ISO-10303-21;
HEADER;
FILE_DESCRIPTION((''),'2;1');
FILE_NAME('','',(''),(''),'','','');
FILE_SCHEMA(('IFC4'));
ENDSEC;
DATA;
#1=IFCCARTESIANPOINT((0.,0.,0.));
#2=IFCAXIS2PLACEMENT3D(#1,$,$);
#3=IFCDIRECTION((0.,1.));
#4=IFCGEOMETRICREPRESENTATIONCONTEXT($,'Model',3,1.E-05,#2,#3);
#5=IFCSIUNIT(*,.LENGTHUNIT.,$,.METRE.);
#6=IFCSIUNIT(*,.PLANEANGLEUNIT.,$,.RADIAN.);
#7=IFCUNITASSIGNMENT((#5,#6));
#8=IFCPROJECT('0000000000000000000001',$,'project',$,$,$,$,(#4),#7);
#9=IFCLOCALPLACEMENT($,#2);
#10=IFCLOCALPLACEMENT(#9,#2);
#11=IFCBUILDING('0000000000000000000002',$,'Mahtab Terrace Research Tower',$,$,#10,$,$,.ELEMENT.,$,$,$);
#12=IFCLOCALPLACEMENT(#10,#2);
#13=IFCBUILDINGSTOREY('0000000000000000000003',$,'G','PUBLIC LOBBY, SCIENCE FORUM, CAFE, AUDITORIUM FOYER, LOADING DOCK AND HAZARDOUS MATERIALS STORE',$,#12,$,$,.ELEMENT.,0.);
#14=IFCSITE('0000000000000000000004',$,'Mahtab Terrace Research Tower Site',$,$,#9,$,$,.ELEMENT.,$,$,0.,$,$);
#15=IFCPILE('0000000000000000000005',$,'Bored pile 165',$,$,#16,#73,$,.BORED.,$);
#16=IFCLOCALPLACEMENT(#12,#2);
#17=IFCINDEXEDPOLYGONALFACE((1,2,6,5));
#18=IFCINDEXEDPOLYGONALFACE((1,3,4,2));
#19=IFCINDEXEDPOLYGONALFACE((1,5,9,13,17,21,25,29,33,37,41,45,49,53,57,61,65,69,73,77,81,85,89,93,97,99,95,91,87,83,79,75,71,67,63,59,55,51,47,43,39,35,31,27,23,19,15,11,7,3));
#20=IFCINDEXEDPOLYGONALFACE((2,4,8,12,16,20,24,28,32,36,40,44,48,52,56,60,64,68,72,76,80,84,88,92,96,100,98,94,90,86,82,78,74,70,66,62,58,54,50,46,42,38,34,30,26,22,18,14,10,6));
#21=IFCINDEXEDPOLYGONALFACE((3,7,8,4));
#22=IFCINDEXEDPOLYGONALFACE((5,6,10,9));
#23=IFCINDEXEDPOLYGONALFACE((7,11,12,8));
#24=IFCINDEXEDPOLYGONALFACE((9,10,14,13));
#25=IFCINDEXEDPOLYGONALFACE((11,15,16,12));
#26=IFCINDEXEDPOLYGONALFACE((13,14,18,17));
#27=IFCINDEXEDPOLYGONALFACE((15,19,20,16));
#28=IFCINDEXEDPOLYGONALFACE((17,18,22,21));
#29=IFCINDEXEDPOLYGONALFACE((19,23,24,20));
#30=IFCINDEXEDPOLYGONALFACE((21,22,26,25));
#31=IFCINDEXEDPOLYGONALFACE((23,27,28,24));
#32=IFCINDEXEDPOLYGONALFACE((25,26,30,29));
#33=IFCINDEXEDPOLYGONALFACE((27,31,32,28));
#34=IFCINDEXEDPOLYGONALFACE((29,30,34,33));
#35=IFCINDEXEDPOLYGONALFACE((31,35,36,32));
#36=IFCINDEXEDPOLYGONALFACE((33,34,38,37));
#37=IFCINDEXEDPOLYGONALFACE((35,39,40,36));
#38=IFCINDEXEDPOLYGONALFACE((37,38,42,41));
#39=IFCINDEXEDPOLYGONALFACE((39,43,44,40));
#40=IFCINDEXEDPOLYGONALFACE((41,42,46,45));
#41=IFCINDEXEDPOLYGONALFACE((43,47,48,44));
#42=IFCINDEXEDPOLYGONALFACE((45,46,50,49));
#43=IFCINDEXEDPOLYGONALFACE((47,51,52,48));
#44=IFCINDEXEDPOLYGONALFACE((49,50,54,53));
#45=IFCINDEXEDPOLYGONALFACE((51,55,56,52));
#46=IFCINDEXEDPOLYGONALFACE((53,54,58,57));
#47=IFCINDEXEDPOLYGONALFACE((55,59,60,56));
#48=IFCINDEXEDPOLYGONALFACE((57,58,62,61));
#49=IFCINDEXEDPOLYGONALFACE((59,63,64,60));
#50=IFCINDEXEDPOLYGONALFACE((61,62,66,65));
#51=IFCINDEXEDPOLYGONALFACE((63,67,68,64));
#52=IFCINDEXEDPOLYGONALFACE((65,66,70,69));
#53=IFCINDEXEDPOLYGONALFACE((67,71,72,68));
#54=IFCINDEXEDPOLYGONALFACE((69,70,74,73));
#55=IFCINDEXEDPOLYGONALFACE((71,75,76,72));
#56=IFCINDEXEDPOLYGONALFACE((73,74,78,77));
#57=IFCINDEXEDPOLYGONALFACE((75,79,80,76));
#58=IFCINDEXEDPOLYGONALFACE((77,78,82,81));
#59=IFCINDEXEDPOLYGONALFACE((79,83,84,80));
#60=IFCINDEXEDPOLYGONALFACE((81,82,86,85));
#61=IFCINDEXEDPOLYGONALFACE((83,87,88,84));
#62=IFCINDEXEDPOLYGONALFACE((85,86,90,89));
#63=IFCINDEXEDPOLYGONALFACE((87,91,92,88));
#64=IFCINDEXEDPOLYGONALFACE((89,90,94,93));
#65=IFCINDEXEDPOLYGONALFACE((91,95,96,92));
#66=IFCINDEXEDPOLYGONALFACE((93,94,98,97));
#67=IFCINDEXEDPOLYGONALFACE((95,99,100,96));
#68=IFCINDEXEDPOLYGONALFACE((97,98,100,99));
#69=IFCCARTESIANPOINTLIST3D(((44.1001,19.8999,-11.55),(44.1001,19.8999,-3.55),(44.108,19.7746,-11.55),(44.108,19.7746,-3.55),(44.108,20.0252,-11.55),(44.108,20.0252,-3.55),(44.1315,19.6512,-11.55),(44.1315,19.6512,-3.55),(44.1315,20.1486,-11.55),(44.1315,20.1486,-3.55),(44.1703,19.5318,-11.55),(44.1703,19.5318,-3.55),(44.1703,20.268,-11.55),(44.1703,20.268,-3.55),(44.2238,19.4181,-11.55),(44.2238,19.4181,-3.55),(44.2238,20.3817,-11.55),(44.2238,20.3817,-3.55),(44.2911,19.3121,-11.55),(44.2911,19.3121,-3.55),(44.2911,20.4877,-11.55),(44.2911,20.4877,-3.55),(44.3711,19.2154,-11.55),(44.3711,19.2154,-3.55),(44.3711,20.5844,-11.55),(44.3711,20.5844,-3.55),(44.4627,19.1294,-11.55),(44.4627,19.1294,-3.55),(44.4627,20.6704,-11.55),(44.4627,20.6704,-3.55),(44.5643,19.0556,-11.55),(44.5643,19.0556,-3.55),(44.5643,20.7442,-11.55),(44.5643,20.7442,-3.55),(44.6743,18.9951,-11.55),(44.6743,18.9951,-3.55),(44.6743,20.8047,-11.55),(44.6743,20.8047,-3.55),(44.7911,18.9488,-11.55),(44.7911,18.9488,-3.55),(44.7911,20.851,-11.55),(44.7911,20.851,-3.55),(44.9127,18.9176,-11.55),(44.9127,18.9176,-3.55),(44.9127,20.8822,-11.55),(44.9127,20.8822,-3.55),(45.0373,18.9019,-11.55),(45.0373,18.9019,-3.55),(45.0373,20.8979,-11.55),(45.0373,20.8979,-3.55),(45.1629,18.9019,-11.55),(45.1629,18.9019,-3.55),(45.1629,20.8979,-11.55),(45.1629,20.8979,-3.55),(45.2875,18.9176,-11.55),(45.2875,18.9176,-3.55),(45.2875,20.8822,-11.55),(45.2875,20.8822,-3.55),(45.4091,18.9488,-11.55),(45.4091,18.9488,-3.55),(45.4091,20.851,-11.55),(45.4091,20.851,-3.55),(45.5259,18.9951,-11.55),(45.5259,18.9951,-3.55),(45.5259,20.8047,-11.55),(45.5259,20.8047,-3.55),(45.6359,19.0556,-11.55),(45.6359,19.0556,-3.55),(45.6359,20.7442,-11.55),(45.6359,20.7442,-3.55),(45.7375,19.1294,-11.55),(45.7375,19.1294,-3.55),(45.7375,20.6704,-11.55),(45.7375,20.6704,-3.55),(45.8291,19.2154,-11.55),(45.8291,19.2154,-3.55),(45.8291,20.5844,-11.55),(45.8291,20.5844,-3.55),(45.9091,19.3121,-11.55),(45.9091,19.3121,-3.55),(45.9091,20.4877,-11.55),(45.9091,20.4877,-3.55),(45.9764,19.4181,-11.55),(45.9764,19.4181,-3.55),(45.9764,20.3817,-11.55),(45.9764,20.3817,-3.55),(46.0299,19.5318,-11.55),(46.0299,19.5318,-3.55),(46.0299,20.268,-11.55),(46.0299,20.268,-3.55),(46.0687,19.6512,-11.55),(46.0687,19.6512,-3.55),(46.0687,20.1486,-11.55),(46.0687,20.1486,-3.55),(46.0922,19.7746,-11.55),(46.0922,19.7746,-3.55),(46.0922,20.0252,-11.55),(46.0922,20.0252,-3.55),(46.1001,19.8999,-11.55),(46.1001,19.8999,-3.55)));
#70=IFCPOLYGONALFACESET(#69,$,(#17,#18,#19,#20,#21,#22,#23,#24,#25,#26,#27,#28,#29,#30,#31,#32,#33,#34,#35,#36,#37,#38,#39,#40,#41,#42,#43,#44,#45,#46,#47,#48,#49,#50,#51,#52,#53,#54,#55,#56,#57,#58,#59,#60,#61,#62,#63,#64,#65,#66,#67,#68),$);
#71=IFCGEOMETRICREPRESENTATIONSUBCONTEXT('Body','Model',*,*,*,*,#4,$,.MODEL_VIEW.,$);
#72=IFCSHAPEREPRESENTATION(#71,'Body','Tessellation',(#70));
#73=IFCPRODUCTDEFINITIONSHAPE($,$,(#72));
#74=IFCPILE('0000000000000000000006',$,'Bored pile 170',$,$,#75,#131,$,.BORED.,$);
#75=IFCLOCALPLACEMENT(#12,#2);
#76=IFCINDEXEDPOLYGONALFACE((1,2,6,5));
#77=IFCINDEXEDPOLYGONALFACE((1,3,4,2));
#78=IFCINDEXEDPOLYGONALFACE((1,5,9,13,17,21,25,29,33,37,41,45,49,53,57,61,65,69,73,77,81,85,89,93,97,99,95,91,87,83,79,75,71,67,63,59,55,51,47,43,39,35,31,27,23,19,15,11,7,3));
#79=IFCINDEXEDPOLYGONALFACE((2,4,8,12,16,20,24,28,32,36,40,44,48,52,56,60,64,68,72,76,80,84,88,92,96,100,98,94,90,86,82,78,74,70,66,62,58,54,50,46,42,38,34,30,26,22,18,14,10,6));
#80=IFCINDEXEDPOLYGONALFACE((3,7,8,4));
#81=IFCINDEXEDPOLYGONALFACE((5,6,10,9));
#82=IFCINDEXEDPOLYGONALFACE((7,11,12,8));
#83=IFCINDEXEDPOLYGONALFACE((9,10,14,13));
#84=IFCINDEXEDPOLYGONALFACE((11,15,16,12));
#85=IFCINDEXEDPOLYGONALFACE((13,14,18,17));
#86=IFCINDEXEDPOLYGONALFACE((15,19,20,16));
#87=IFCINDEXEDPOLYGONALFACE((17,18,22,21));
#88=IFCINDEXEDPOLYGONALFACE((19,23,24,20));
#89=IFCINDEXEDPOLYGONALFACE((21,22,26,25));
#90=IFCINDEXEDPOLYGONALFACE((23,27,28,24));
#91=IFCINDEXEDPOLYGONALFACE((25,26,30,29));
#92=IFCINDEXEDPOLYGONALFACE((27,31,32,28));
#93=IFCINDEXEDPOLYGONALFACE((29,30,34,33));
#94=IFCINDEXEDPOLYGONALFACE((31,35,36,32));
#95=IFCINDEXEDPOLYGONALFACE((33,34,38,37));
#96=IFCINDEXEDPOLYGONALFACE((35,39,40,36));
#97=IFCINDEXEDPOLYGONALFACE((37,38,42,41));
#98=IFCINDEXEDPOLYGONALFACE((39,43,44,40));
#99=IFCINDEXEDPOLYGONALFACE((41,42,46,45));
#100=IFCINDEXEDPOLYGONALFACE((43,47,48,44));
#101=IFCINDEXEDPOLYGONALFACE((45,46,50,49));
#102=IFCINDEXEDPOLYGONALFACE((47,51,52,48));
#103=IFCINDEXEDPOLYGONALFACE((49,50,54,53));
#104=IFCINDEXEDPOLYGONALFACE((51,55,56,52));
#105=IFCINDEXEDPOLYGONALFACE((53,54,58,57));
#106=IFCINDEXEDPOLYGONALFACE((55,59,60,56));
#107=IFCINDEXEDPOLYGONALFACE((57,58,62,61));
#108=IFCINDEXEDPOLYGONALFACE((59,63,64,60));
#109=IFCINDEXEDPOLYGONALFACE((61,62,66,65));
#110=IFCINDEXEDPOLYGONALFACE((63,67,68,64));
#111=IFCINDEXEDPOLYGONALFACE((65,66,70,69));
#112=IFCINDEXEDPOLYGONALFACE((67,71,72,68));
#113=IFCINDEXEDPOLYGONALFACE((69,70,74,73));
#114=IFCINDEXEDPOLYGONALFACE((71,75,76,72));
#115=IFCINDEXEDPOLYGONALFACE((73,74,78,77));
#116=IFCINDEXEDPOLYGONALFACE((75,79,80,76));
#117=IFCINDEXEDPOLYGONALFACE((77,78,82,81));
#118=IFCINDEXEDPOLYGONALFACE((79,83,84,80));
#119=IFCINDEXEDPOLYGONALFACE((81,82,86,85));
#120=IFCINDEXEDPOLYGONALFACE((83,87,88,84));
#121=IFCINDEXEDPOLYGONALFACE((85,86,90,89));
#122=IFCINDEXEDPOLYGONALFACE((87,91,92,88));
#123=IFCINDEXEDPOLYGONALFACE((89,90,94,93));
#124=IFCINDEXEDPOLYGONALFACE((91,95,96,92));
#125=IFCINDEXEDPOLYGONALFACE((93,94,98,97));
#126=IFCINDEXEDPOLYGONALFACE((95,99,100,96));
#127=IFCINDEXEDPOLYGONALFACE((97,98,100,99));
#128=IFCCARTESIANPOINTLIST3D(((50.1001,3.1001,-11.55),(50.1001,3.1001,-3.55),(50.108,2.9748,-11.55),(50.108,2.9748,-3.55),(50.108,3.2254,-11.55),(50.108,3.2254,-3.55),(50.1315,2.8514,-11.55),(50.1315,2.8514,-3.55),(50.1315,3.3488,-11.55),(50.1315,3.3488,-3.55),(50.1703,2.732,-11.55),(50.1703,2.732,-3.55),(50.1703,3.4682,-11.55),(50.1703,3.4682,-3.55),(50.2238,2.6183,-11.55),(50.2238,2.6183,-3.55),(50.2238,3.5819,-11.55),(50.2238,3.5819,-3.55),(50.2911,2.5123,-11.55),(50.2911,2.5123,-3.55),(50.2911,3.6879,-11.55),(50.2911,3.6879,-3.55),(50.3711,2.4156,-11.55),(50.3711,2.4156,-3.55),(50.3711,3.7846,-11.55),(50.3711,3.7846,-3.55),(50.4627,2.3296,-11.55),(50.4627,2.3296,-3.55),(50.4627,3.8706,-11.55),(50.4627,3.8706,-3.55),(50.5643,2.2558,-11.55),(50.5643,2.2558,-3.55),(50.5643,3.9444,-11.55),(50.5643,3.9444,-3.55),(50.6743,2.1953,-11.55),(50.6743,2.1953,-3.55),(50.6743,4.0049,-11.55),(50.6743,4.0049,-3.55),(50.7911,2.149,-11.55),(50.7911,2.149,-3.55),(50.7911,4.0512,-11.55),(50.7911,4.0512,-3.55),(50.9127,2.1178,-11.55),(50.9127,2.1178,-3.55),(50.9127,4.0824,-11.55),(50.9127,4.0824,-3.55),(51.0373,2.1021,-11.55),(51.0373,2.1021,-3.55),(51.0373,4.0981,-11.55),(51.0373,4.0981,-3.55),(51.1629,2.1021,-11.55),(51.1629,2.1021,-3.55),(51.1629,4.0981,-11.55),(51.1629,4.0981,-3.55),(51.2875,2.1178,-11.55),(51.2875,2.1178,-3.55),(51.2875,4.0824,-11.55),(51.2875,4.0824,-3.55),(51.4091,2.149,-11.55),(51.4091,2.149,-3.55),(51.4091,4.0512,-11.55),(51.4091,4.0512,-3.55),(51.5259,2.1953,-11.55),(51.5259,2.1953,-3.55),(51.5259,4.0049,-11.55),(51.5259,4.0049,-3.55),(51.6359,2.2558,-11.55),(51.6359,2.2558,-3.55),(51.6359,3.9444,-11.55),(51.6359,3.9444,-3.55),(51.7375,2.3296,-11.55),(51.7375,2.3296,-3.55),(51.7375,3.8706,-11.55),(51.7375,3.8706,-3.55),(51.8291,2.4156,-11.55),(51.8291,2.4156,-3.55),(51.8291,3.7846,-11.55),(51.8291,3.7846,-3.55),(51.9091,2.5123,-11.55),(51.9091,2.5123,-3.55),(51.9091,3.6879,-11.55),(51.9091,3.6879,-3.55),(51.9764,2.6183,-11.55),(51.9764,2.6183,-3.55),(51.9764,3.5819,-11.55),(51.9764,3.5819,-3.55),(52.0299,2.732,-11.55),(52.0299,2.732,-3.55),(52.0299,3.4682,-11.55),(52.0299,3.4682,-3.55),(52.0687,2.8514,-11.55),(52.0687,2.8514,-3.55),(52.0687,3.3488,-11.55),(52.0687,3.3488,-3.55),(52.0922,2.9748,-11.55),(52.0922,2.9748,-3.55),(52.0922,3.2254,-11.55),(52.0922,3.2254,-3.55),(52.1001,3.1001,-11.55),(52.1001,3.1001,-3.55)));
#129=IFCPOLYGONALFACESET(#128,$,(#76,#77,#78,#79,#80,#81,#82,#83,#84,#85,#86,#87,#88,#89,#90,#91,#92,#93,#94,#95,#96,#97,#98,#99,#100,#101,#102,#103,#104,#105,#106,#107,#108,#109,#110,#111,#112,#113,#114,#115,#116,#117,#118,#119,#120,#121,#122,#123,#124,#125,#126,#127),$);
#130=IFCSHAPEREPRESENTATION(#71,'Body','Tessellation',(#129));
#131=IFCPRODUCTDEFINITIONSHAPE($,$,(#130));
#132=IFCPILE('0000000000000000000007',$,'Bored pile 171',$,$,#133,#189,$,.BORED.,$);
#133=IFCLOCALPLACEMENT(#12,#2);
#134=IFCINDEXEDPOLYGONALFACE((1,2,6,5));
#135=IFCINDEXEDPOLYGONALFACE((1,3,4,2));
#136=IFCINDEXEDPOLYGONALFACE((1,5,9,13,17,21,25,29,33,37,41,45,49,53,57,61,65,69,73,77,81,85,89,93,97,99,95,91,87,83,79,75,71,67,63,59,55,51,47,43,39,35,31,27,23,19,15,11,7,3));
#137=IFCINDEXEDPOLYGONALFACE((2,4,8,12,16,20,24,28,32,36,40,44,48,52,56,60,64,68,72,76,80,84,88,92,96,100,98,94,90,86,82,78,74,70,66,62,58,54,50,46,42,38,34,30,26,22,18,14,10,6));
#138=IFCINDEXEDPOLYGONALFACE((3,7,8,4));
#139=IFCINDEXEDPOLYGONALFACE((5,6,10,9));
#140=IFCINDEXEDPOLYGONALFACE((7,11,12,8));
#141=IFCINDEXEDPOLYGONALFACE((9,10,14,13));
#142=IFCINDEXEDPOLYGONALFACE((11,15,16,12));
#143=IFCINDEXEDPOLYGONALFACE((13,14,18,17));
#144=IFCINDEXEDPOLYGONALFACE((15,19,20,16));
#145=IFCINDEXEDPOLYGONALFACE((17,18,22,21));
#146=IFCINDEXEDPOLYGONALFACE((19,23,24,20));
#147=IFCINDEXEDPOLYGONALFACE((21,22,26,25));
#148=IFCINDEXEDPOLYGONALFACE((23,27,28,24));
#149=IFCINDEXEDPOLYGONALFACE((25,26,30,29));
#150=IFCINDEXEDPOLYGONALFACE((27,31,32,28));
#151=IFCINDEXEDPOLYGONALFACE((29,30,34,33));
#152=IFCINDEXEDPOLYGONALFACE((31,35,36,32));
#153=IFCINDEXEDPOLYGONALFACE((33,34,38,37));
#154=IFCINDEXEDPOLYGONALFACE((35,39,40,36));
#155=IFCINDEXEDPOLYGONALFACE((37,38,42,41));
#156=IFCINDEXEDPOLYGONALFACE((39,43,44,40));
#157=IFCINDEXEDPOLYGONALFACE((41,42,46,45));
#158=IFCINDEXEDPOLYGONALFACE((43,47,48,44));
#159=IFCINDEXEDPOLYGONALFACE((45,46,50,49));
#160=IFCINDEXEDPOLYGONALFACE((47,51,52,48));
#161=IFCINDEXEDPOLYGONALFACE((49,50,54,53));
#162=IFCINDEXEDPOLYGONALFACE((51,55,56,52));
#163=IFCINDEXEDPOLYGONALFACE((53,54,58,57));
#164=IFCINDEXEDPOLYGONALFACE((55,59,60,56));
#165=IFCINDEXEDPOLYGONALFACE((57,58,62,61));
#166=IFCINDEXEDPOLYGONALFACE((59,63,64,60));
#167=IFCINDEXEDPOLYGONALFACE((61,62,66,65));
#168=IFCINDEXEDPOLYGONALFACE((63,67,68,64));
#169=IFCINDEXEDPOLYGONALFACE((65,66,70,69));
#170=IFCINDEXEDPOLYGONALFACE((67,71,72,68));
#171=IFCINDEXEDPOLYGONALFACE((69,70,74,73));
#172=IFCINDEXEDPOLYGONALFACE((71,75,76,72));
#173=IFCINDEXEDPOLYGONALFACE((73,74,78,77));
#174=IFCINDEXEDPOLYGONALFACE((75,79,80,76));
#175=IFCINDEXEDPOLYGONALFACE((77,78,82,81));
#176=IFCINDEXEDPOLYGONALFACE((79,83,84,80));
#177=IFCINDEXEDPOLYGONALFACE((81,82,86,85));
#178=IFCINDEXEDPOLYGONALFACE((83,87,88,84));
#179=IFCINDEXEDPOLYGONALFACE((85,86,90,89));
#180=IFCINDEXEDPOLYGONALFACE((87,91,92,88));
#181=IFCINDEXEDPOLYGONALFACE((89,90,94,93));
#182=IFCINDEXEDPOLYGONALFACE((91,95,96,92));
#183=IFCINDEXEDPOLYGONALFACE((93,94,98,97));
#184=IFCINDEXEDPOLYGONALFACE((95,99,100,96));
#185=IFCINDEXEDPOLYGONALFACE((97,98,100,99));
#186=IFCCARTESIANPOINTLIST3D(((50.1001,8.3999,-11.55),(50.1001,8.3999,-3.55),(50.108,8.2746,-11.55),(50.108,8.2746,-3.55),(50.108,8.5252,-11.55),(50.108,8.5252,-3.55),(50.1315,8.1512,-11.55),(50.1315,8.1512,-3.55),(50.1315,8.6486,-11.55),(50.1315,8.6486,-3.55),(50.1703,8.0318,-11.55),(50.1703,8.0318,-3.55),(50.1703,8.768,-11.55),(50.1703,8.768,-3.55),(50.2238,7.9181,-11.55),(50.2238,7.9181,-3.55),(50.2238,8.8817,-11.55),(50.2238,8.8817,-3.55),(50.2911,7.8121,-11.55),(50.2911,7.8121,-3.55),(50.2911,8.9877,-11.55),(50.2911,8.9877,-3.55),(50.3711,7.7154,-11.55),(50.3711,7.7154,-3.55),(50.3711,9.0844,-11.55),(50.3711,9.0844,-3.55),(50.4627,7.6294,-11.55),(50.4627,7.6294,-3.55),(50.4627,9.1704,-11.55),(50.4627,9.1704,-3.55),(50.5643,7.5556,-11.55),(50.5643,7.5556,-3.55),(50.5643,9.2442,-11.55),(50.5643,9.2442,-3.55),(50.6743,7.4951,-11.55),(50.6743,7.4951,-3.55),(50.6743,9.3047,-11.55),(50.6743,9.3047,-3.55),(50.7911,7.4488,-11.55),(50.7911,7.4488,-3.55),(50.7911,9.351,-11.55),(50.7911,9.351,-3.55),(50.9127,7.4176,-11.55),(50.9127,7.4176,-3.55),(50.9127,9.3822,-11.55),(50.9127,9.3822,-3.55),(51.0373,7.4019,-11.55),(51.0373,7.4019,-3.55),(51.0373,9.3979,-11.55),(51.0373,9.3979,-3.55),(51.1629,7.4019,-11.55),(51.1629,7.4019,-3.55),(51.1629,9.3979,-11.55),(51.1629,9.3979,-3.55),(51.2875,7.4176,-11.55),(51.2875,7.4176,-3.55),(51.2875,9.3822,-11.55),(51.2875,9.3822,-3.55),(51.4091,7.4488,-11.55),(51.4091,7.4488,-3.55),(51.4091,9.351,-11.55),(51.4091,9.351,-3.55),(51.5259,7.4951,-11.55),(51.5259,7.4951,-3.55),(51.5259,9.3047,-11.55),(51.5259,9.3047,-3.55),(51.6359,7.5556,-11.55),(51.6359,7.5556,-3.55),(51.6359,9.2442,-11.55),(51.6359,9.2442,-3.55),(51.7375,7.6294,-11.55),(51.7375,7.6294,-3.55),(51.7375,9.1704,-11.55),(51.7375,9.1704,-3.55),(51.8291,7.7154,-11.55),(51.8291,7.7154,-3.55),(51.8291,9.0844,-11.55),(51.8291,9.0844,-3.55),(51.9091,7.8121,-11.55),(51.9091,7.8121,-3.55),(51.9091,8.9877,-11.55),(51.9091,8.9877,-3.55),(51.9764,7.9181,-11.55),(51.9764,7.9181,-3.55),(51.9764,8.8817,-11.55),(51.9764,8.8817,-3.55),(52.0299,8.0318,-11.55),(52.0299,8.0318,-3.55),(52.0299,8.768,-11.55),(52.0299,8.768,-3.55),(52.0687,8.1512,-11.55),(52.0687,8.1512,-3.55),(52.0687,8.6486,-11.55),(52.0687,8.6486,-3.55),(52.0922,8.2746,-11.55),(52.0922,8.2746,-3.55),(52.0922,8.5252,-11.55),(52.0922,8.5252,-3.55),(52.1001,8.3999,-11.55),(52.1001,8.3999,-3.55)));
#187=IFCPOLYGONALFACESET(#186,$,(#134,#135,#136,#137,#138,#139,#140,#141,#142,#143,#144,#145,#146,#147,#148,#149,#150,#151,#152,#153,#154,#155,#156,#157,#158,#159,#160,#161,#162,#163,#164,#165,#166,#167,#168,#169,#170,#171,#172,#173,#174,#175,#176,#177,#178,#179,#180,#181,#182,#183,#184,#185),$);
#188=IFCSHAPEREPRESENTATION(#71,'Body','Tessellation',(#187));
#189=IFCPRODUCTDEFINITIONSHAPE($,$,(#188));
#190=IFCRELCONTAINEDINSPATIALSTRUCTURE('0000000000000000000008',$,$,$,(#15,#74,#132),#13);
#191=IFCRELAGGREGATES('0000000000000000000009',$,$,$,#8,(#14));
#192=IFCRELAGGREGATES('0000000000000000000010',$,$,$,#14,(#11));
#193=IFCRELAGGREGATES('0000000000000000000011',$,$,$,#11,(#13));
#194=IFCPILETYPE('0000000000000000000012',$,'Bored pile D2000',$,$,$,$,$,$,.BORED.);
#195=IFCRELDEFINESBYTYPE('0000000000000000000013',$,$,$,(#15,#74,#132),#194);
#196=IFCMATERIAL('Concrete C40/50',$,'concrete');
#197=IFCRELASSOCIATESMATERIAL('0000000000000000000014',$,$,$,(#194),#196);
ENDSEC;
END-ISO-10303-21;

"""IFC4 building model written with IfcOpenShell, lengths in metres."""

from ifc_helpers import new_model, si_unit, direction, frame, origin, origin_2d, place, context, subcontext, project, spatial, circle, extrude, material, material_profile, profile_set, type_object, element, save


model = new_model("IFC4")

# Units and contexts
model_context = context("Model", 3, precision=1e-05, world=origin(), true_north=direction((0.0, 1.0)))
body_context = subcontext(model_context, "Body", "Model", "MODEL_VIEW")
ifc_project = project(units=[si_unit("LENGTHUNIT", "METRE"), si_unit("PLANEANGLEUNIT", "RADIAN")], contexts=[model_context])

# Site, building, storey
site_placement = place(None, origin())
site = spatial("IfcSite", under=ifc_project, at=site_placement, Name="Mahtab Terrace Research Tower Site", CompositionType="ELEMENT", RefElevation=0.0)
building_placement = place(site_placement, origin())
building = spatial("IfcBuilding", under=site, at=building_placement, Name="Mahtab Terrace Research Tower", CompositionType="ELEMENT")
storey_placement = place(building_placement, origin())
storey = spatial("IfcBuildingStorey", under=building, at=storey_placement, Name="G", Description="PUBLIC LOBBY, SCIENCE FORUM, CAFE, AUDITORIUM FOYER, LOADING DOCK AND HAZARDOUS MATERIALS STORE", CompositionType="ELEMENT", Elevation=0.0)

# Piles
ifc_material_1 = material(Name="Concrete C40/50", Category="concrete")
ifc_material_profile_1 = material_profile(ifc_material_1, circle(Radius=1.0, at=origin_2d()), Name="Bored pile D2000")
ifc_profile_set_1 = profile_set([ifc_material_profile_1], Name="Concrete C40/50")
pile_type_1 = type_object("IfcPileType", Name="Bored pile D2000", PredefinedType="BORED", material=ifc_profile_set_1)
for number, where, z_axis, x_axis, name in (
    (1, (45.1001, 19.8999, -3.55), (0.0, 0.0, -1.0), (1.0, 0.0, 0.0), "Bored pile 165"),
    (2, (51.1001, 3.1001, -3.55), (0.0, 0.0, -1.0), (1.0, 0.0, 0.0), "Bored pile 170"),
    (3, (51.1001, 8.3999, -3.55), (0.0, 0.0, -1.0), (1.0, 0.0, 0.0), "Bored pile 171"),
):
    element("IfcPile", number, at=place(storey_placement, frame(where, z_axis=z_axis, x_axis=x_axis)), inside=storey, type_object=pile_type_1, Name=name, PredefinedType="BORED", context=body_context, shape_type="SweptSolid", body=[
        extrude(circle(Radius=1.0, at=origin_2d()), origin(), (0.0, 0.0, 1.0), 8.0),
    ])

save(model, "model.ifc")
